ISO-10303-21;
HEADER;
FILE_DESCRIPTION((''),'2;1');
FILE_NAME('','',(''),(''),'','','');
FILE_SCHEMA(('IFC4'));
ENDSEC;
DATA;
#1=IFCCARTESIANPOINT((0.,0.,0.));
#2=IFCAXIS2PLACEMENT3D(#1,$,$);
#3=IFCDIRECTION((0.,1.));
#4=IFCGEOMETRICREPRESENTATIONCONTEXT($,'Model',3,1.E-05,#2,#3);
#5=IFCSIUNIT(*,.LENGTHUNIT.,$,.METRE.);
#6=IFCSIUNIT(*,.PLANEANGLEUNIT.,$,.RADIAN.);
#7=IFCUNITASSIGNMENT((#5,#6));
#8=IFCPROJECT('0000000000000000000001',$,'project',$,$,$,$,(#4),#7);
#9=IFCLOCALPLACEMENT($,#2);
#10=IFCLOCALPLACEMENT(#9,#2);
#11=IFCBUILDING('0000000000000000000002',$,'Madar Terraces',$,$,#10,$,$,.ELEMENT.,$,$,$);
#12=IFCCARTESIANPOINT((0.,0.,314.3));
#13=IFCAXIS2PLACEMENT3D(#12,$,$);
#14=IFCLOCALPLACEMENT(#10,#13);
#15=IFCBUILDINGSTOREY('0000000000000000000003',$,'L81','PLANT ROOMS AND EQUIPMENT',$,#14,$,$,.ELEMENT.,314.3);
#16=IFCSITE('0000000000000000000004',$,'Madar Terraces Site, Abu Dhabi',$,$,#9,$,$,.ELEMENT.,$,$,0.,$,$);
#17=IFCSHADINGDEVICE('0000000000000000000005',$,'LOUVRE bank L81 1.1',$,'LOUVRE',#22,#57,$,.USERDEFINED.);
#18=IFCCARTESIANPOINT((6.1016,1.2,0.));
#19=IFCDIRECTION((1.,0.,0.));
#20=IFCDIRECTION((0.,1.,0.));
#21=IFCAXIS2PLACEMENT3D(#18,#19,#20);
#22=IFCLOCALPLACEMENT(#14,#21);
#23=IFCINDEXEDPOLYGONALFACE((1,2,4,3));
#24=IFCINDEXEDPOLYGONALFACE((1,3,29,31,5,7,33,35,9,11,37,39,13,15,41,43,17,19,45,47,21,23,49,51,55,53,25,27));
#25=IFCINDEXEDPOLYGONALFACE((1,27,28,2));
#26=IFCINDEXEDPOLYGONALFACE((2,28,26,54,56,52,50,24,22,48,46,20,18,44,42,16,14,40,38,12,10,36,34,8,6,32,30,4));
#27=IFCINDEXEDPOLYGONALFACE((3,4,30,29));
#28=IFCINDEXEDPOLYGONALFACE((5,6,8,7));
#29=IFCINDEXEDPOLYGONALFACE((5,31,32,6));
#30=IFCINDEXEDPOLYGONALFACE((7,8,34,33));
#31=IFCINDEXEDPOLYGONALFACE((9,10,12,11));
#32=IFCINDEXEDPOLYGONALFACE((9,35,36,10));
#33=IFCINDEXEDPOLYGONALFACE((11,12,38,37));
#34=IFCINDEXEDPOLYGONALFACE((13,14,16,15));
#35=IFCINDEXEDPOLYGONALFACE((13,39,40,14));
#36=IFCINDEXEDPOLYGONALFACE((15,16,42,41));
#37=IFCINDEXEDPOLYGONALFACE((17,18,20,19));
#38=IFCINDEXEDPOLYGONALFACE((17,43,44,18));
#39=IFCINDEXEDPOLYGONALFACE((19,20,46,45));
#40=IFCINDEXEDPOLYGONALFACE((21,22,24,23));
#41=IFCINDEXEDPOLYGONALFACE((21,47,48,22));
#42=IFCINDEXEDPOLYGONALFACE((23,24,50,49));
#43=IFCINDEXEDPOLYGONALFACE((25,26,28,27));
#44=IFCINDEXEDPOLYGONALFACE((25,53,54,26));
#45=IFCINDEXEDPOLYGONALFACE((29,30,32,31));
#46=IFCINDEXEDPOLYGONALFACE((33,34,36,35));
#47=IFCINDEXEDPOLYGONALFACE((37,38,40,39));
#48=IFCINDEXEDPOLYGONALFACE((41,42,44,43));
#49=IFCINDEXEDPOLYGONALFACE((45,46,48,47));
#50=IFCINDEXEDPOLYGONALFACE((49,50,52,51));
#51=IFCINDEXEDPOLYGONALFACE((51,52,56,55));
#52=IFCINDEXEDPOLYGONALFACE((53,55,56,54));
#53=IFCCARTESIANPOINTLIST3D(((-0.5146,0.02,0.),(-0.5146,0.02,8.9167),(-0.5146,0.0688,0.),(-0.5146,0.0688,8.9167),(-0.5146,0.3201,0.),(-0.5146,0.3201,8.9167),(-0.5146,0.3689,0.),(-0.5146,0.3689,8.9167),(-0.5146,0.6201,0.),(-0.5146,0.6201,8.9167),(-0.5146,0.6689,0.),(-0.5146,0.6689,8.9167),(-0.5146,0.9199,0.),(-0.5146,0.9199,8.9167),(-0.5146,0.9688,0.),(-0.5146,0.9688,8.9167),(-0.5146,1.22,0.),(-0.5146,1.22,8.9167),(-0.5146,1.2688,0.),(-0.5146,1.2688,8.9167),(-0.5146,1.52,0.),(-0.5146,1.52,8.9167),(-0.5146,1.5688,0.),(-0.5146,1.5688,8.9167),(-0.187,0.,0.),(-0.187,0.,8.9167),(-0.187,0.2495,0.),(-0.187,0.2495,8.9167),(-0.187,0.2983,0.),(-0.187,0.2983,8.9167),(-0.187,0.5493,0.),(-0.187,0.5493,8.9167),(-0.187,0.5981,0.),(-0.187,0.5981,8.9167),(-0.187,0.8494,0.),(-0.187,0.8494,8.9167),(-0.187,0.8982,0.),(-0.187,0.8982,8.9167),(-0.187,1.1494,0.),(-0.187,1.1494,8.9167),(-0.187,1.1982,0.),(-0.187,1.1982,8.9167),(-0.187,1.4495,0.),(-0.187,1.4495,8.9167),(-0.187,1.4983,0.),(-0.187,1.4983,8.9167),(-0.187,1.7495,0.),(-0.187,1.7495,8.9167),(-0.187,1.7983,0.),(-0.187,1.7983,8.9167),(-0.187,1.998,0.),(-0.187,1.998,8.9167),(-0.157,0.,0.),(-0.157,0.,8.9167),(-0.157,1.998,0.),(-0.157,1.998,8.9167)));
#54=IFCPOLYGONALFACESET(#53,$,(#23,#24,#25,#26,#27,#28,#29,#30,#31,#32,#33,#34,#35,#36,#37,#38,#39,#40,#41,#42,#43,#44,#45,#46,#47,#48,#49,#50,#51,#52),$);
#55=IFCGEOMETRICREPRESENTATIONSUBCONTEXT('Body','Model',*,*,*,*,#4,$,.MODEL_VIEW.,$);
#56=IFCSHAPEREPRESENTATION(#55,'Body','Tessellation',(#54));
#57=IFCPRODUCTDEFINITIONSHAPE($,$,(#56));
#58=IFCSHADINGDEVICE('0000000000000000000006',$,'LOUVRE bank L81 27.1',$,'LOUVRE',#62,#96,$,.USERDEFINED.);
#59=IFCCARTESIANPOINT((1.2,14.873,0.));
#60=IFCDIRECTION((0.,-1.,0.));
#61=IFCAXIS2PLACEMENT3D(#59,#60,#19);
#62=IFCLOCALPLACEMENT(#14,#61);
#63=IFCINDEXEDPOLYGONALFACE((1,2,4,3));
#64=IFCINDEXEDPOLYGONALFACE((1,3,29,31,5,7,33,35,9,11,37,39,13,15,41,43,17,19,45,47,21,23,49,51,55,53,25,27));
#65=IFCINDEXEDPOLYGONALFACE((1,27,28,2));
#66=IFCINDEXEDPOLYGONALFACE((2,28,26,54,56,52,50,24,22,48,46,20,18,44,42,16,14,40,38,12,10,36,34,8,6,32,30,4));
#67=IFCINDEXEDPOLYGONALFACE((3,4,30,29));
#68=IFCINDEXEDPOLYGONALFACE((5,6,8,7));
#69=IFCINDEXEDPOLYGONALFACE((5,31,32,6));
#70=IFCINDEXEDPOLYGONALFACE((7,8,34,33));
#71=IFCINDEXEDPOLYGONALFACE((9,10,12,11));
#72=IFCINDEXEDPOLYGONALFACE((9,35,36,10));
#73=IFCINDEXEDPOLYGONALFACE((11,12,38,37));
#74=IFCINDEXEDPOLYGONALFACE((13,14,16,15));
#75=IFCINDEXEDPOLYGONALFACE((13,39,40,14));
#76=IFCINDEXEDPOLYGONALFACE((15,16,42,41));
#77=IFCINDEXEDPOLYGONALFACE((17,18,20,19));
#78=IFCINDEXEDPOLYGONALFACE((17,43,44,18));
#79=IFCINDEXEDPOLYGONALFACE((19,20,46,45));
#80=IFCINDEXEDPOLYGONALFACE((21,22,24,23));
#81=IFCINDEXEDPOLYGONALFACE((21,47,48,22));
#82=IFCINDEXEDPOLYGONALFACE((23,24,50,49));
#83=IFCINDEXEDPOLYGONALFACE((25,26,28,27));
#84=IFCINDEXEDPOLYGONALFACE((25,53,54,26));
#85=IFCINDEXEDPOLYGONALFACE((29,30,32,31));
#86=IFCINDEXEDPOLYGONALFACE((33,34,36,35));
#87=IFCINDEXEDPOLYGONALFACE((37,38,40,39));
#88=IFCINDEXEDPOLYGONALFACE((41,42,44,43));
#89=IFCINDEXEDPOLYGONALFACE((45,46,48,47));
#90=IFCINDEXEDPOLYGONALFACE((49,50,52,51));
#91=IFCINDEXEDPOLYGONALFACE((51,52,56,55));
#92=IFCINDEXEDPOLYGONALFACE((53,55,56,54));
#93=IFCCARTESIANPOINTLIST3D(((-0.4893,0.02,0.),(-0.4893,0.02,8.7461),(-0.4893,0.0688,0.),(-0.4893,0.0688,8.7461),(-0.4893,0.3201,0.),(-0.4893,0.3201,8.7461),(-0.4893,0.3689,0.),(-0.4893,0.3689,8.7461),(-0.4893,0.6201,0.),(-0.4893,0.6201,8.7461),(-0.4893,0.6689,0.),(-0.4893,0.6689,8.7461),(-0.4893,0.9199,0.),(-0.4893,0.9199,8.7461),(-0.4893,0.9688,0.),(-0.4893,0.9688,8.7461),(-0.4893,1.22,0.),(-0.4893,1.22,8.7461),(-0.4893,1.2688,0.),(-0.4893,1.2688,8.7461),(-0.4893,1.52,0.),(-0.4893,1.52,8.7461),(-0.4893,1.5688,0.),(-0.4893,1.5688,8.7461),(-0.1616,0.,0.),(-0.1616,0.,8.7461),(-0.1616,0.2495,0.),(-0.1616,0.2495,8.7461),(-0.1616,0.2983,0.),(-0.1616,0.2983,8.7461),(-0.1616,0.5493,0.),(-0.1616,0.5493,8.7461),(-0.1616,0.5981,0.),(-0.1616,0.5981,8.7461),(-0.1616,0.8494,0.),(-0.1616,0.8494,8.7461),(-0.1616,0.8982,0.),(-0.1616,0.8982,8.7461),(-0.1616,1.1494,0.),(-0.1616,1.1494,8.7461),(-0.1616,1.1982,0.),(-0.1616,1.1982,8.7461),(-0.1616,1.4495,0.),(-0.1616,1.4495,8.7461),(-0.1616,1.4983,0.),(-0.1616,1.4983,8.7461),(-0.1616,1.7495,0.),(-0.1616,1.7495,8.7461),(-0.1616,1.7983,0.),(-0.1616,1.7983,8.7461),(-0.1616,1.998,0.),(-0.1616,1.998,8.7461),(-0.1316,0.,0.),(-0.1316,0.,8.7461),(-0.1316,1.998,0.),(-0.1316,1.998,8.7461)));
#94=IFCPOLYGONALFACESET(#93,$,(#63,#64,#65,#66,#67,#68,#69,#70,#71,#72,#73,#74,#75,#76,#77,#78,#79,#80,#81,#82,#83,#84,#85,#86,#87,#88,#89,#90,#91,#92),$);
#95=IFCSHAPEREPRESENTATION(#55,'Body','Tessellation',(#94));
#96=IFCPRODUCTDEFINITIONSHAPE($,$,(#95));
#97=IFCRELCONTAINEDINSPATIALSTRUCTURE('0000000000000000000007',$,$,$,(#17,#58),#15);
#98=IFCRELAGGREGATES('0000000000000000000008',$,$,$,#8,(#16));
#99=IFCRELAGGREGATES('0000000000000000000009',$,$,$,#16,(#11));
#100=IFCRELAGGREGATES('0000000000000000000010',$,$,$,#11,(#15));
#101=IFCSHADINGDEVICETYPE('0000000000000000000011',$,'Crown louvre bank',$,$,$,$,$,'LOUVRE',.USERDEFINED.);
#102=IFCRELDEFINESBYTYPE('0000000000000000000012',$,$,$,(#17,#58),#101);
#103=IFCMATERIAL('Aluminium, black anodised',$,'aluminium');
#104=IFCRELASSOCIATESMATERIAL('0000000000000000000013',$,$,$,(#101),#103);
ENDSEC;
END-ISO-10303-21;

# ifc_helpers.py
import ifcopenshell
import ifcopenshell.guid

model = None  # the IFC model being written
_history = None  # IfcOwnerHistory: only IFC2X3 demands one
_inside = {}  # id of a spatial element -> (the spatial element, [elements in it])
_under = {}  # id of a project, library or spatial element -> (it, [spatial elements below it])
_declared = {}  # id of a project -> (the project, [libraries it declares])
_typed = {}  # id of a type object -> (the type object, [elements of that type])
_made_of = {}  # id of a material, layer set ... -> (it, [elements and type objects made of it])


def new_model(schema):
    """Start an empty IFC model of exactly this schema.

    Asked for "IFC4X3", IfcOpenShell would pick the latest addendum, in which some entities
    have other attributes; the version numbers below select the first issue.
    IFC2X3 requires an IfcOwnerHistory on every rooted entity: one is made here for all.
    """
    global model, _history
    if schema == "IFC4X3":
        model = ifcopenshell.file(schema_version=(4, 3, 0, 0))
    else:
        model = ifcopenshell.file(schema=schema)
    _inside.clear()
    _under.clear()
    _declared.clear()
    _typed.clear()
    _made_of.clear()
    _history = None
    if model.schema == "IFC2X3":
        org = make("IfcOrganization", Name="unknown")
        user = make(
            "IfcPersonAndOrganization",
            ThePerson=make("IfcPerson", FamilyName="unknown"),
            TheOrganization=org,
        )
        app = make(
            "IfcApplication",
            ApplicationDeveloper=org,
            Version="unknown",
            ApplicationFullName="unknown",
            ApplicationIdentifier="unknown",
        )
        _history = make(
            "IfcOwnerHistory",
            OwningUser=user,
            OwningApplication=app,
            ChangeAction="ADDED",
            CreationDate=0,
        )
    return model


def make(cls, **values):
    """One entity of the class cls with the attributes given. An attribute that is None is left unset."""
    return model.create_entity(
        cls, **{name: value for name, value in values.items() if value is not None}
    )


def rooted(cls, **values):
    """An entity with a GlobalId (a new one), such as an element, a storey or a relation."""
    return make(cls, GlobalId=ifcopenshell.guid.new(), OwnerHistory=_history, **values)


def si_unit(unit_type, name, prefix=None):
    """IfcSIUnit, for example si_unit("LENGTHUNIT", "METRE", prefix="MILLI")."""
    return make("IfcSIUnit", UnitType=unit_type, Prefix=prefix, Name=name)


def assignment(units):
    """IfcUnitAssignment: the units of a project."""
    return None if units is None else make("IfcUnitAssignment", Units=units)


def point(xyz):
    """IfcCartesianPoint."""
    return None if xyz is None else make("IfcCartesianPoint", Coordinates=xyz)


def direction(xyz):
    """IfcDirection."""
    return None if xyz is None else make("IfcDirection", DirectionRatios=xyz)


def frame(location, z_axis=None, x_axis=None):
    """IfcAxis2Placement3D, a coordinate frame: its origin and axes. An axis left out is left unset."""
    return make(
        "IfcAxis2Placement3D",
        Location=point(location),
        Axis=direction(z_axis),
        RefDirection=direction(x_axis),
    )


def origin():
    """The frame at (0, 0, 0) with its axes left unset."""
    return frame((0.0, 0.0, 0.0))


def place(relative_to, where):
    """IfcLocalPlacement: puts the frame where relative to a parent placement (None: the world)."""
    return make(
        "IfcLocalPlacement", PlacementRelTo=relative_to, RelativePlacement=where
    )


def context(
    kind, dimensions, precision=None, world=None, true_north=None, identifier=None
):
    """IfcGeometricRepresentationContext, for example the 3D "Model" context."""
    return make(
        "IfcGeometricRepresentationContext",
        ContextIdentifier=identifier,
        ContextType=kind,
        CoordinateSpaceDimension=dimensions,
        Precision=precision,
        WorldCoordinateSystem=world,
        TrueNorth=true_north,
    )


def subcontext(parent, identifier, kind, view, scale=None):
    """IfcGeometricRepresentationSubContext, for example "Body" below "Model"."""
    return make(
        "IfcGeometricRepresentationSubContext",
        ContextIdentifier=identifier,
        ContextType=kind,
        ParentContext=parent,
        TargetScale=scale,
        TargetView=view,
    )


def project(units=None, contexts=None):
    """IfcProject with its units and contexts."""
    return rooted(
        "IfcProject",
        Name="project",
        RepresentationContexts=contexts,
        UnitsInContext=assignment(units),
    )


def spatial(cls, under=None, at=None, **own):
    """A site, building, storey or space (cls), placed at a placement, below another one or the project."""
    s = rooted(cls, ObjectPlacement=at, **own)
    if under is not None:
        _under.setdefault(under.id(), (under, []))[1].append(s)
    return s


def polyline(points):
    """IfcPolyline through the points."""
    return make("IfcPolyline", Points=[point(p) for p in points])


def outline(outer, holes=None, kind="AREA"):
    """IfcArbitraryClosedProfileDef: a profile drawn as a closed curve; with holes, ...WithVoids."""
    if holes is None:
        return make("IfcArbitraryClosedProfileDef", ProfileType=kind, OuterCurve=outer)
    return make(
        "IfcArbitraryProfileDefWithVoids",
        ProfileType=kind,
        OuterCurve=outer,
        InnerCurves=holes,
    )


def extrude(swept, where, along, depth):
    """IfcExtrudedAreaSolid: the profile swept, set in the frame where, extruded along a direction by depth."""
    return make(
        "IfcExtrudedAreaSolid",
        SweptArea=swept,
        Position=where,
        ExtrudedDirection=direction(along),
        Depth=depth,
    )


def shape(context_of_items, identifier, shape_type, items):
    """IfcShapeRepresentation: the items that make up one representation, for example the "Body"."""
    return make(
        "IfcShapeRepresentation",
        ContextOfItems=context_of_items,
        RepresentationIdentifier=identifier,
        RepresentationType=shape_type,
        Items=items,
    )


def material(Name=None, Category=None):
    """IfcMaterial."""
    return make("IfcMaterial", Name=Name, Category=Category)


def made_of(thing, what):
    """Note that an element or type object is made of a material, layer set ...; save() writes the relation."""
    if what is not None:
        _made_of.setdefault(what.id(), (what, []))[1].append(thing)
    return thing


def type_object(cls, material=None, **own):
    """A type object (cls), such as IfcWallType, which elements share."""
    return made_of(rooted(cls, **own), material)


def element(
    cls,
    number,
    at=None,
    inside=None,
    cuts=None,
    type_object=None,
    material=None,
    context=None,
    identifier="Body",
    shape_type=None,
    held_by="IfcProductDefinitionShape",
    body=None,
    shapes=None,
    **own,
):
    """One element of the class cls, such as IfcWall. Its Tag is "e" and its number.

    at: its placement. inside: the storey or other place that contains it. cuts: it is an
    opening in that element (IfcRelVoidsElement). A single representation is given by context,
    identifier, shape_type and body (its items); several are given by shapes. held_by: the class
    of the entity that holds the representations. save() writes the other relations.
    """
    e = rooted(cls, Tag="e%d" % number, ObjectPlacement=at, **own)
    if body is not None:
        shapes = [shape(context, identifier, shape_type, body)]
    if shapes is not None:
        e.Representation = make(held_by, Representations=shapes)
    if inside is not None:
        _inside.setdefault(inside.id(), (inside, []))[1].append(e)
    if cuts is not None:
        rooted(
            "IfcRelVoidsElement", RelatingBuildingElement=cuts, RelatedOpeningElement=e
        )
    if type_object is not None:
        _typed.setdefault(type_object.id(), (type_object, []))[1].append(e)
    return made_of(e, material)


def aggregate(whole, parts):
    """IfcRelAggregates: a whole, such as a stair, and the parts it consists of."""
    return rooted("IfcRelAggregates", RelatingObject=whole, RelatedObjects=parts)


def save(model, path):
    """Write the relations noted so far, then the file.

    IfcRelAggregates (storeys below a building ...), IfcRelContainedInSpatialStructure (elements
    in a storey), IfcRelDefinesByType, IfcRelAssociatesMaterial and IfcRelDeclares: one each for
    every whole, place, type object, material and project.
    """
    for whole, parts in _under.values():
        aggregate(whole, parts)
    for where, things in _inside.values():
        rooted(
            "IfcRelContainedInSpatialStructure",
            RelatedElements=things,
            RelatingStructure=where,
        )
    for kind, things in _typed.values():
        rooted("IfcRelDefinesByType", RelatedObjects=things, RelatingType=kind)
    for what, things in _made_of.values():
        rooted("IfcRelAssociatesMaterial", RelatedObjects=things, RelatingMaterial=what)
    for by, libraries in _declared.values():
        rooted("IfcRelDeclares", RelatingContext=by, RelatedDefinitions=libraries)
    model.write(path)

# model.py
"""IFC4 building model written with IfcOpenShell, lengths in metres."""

from ifc_helpers import new_model, si_unit, direction, frame, origin, place, context, subcontext, project, spatial, polyline, outline, extrude, material, type_object, element, save


model = new_model("IFC4")

# Units and contexts
model_context = context("Model", 3, precision=1e-05, world=origin(), true_north=direction((0.0, 1.0)))
body_context = subcontext(model_context, "Body", "Model", "MODEL_VIEW")
ifc_project = project(units=[si_unit("LENGTHUNIT", "METRE"), si_unit("PLANEANGLEUNIT", "RADIAN")], contexts=[model_context])

# Site, building, storey
site_placement = place(None, origin())
site = spatial("IfcSite", under=ifc_project, at=site_placement, Name="Madar Terraces Site, Abu Dhabi", CompositionType="ELEMENT", RefElevation=0.0)
building_placement = place(site_placement, origin())
building = spatial("IfcBuilding", under=site, at=building_placement, Name="Madar Terraces", CompositionType="ELEMENT")
storey_placement = place(building_placement, frame((0.0, 0.0, 314.3)))
storey = spatial("IfcBuildingStorey", under=building, at=storey_placement, Name="L81", Description="PLANT ROOMS AND EQUIPMENT", CompositionType="ELEMENT", Elevation=314.3)

# Shading devices
ifc_material_1 = material(Name="Aluminium, black anodised", Category="aluminium")
shading_device_type = type_object("IfcShadingDeviceType", Name="Crown louvre bank", ElementType="LOUVRE", PredefinedType="USERDEFINED", material=ifc_material_1)
shading_device_1_placement = place(storey_placement, frame((6.1016, 1.2, 0.0), z_axis=(1.0, 0.0, 0.0), x_axis=(0.0, 1.0, 0.0)))
element("IfcShadingDevice", 1, at=shading_device_1_placement, inside=storey, type_object=shading_device_type, Name="LOUVRE bank L81 1.1", ObjectType="LOUVRE", PredefinedType="USERDEFINED", context=body_context, shape_type="SweptSolid", body=[
    extrude(outline(polyline([(-0.157, 0.0), (-0.187, 0.0), (-0.187, 0.2495), (-0.5146, 0.02), (-0.5146, 0.0688), (-0.187, 0.2983), (-0.187, 0.5493), (-0.5146, 0.3201), (-0.5146, 0.3689), (-0.187, 0.5981), (-0.187, 0.8494), (-0.5146, 0.6201), (-0.5146, 0.6689), (-0.187, 0.8982), (-0.187, 1.1494), (-0.5146, 0.9199), (-0.5146, 0.9688), (-0.187, 1.1982), (-0.187, 1.4495), (-0.5146, 1.22), (-0.5146, 1.2688), (-0.187, 1.4983), (-0.187, 1.7495), (-0.5146, 1.52), (-0.5146, 1.5688), (-0.187, 1.7983), (-0.187, 1.998), (-0.157, 1.998), (-0.157, 0.0)])), origin(), (0.0, 0.0, 1.0), 8.9167),
])
shading_device_2_placement = place(storey_placement, frame((1.2, 14.873, 0.0), z_axis=(0.0, -1.0, 0.0), x_axis=(1.0, 0.0, 0.0)))
element("IfcShadingDevice", 2, at=shading_device_2_placement, inside=storey, type_object=shading_device_type, Name="LOUVRE bank L81 27.1", ObjectType="LOUVRE", PredefinedType="USERDEFINED", context=body_context, shape_type="SweptSolid", body=[
    extrude(outline(polyline([(-0.1316, 0.0), (-0.1616, 0.0), (-0.1616, 0.2495), (-0.4893, 0.02), (-0.4893, 0.0688), (-0.1616, 0.2983), (-0.1616, 0.5493), (-0.4893, 0.3201), (-0.4893, 0.3689), (-0.1616, 0.5981), (-0.1616, 0.8494), (-0.4893, 0.6201), (-0.4893, 0.6689), (-0.1616, 0.8982), (-0.1616, 1.1494), (-0.4893, 0.9199), (-0.4893, 0.9688), (-0.1616, 1.1982), (-0.1616, 1.4495), (-0.4893, 1.22), (-0.4893, 1.2688), (-0.1616, 1.4983), (-0.1616, 1.7495), (-0.4893, 1.52), (-0.4893, 1.5688), (-0.1616, 1.7983), (-0.1616, 1.998), (-0.1316, 1.998), (-0.1316, 0.0)])), origin(), (0.0, 0.0, 1.0), 8.7461),
])

save(model, "model.ifc")
